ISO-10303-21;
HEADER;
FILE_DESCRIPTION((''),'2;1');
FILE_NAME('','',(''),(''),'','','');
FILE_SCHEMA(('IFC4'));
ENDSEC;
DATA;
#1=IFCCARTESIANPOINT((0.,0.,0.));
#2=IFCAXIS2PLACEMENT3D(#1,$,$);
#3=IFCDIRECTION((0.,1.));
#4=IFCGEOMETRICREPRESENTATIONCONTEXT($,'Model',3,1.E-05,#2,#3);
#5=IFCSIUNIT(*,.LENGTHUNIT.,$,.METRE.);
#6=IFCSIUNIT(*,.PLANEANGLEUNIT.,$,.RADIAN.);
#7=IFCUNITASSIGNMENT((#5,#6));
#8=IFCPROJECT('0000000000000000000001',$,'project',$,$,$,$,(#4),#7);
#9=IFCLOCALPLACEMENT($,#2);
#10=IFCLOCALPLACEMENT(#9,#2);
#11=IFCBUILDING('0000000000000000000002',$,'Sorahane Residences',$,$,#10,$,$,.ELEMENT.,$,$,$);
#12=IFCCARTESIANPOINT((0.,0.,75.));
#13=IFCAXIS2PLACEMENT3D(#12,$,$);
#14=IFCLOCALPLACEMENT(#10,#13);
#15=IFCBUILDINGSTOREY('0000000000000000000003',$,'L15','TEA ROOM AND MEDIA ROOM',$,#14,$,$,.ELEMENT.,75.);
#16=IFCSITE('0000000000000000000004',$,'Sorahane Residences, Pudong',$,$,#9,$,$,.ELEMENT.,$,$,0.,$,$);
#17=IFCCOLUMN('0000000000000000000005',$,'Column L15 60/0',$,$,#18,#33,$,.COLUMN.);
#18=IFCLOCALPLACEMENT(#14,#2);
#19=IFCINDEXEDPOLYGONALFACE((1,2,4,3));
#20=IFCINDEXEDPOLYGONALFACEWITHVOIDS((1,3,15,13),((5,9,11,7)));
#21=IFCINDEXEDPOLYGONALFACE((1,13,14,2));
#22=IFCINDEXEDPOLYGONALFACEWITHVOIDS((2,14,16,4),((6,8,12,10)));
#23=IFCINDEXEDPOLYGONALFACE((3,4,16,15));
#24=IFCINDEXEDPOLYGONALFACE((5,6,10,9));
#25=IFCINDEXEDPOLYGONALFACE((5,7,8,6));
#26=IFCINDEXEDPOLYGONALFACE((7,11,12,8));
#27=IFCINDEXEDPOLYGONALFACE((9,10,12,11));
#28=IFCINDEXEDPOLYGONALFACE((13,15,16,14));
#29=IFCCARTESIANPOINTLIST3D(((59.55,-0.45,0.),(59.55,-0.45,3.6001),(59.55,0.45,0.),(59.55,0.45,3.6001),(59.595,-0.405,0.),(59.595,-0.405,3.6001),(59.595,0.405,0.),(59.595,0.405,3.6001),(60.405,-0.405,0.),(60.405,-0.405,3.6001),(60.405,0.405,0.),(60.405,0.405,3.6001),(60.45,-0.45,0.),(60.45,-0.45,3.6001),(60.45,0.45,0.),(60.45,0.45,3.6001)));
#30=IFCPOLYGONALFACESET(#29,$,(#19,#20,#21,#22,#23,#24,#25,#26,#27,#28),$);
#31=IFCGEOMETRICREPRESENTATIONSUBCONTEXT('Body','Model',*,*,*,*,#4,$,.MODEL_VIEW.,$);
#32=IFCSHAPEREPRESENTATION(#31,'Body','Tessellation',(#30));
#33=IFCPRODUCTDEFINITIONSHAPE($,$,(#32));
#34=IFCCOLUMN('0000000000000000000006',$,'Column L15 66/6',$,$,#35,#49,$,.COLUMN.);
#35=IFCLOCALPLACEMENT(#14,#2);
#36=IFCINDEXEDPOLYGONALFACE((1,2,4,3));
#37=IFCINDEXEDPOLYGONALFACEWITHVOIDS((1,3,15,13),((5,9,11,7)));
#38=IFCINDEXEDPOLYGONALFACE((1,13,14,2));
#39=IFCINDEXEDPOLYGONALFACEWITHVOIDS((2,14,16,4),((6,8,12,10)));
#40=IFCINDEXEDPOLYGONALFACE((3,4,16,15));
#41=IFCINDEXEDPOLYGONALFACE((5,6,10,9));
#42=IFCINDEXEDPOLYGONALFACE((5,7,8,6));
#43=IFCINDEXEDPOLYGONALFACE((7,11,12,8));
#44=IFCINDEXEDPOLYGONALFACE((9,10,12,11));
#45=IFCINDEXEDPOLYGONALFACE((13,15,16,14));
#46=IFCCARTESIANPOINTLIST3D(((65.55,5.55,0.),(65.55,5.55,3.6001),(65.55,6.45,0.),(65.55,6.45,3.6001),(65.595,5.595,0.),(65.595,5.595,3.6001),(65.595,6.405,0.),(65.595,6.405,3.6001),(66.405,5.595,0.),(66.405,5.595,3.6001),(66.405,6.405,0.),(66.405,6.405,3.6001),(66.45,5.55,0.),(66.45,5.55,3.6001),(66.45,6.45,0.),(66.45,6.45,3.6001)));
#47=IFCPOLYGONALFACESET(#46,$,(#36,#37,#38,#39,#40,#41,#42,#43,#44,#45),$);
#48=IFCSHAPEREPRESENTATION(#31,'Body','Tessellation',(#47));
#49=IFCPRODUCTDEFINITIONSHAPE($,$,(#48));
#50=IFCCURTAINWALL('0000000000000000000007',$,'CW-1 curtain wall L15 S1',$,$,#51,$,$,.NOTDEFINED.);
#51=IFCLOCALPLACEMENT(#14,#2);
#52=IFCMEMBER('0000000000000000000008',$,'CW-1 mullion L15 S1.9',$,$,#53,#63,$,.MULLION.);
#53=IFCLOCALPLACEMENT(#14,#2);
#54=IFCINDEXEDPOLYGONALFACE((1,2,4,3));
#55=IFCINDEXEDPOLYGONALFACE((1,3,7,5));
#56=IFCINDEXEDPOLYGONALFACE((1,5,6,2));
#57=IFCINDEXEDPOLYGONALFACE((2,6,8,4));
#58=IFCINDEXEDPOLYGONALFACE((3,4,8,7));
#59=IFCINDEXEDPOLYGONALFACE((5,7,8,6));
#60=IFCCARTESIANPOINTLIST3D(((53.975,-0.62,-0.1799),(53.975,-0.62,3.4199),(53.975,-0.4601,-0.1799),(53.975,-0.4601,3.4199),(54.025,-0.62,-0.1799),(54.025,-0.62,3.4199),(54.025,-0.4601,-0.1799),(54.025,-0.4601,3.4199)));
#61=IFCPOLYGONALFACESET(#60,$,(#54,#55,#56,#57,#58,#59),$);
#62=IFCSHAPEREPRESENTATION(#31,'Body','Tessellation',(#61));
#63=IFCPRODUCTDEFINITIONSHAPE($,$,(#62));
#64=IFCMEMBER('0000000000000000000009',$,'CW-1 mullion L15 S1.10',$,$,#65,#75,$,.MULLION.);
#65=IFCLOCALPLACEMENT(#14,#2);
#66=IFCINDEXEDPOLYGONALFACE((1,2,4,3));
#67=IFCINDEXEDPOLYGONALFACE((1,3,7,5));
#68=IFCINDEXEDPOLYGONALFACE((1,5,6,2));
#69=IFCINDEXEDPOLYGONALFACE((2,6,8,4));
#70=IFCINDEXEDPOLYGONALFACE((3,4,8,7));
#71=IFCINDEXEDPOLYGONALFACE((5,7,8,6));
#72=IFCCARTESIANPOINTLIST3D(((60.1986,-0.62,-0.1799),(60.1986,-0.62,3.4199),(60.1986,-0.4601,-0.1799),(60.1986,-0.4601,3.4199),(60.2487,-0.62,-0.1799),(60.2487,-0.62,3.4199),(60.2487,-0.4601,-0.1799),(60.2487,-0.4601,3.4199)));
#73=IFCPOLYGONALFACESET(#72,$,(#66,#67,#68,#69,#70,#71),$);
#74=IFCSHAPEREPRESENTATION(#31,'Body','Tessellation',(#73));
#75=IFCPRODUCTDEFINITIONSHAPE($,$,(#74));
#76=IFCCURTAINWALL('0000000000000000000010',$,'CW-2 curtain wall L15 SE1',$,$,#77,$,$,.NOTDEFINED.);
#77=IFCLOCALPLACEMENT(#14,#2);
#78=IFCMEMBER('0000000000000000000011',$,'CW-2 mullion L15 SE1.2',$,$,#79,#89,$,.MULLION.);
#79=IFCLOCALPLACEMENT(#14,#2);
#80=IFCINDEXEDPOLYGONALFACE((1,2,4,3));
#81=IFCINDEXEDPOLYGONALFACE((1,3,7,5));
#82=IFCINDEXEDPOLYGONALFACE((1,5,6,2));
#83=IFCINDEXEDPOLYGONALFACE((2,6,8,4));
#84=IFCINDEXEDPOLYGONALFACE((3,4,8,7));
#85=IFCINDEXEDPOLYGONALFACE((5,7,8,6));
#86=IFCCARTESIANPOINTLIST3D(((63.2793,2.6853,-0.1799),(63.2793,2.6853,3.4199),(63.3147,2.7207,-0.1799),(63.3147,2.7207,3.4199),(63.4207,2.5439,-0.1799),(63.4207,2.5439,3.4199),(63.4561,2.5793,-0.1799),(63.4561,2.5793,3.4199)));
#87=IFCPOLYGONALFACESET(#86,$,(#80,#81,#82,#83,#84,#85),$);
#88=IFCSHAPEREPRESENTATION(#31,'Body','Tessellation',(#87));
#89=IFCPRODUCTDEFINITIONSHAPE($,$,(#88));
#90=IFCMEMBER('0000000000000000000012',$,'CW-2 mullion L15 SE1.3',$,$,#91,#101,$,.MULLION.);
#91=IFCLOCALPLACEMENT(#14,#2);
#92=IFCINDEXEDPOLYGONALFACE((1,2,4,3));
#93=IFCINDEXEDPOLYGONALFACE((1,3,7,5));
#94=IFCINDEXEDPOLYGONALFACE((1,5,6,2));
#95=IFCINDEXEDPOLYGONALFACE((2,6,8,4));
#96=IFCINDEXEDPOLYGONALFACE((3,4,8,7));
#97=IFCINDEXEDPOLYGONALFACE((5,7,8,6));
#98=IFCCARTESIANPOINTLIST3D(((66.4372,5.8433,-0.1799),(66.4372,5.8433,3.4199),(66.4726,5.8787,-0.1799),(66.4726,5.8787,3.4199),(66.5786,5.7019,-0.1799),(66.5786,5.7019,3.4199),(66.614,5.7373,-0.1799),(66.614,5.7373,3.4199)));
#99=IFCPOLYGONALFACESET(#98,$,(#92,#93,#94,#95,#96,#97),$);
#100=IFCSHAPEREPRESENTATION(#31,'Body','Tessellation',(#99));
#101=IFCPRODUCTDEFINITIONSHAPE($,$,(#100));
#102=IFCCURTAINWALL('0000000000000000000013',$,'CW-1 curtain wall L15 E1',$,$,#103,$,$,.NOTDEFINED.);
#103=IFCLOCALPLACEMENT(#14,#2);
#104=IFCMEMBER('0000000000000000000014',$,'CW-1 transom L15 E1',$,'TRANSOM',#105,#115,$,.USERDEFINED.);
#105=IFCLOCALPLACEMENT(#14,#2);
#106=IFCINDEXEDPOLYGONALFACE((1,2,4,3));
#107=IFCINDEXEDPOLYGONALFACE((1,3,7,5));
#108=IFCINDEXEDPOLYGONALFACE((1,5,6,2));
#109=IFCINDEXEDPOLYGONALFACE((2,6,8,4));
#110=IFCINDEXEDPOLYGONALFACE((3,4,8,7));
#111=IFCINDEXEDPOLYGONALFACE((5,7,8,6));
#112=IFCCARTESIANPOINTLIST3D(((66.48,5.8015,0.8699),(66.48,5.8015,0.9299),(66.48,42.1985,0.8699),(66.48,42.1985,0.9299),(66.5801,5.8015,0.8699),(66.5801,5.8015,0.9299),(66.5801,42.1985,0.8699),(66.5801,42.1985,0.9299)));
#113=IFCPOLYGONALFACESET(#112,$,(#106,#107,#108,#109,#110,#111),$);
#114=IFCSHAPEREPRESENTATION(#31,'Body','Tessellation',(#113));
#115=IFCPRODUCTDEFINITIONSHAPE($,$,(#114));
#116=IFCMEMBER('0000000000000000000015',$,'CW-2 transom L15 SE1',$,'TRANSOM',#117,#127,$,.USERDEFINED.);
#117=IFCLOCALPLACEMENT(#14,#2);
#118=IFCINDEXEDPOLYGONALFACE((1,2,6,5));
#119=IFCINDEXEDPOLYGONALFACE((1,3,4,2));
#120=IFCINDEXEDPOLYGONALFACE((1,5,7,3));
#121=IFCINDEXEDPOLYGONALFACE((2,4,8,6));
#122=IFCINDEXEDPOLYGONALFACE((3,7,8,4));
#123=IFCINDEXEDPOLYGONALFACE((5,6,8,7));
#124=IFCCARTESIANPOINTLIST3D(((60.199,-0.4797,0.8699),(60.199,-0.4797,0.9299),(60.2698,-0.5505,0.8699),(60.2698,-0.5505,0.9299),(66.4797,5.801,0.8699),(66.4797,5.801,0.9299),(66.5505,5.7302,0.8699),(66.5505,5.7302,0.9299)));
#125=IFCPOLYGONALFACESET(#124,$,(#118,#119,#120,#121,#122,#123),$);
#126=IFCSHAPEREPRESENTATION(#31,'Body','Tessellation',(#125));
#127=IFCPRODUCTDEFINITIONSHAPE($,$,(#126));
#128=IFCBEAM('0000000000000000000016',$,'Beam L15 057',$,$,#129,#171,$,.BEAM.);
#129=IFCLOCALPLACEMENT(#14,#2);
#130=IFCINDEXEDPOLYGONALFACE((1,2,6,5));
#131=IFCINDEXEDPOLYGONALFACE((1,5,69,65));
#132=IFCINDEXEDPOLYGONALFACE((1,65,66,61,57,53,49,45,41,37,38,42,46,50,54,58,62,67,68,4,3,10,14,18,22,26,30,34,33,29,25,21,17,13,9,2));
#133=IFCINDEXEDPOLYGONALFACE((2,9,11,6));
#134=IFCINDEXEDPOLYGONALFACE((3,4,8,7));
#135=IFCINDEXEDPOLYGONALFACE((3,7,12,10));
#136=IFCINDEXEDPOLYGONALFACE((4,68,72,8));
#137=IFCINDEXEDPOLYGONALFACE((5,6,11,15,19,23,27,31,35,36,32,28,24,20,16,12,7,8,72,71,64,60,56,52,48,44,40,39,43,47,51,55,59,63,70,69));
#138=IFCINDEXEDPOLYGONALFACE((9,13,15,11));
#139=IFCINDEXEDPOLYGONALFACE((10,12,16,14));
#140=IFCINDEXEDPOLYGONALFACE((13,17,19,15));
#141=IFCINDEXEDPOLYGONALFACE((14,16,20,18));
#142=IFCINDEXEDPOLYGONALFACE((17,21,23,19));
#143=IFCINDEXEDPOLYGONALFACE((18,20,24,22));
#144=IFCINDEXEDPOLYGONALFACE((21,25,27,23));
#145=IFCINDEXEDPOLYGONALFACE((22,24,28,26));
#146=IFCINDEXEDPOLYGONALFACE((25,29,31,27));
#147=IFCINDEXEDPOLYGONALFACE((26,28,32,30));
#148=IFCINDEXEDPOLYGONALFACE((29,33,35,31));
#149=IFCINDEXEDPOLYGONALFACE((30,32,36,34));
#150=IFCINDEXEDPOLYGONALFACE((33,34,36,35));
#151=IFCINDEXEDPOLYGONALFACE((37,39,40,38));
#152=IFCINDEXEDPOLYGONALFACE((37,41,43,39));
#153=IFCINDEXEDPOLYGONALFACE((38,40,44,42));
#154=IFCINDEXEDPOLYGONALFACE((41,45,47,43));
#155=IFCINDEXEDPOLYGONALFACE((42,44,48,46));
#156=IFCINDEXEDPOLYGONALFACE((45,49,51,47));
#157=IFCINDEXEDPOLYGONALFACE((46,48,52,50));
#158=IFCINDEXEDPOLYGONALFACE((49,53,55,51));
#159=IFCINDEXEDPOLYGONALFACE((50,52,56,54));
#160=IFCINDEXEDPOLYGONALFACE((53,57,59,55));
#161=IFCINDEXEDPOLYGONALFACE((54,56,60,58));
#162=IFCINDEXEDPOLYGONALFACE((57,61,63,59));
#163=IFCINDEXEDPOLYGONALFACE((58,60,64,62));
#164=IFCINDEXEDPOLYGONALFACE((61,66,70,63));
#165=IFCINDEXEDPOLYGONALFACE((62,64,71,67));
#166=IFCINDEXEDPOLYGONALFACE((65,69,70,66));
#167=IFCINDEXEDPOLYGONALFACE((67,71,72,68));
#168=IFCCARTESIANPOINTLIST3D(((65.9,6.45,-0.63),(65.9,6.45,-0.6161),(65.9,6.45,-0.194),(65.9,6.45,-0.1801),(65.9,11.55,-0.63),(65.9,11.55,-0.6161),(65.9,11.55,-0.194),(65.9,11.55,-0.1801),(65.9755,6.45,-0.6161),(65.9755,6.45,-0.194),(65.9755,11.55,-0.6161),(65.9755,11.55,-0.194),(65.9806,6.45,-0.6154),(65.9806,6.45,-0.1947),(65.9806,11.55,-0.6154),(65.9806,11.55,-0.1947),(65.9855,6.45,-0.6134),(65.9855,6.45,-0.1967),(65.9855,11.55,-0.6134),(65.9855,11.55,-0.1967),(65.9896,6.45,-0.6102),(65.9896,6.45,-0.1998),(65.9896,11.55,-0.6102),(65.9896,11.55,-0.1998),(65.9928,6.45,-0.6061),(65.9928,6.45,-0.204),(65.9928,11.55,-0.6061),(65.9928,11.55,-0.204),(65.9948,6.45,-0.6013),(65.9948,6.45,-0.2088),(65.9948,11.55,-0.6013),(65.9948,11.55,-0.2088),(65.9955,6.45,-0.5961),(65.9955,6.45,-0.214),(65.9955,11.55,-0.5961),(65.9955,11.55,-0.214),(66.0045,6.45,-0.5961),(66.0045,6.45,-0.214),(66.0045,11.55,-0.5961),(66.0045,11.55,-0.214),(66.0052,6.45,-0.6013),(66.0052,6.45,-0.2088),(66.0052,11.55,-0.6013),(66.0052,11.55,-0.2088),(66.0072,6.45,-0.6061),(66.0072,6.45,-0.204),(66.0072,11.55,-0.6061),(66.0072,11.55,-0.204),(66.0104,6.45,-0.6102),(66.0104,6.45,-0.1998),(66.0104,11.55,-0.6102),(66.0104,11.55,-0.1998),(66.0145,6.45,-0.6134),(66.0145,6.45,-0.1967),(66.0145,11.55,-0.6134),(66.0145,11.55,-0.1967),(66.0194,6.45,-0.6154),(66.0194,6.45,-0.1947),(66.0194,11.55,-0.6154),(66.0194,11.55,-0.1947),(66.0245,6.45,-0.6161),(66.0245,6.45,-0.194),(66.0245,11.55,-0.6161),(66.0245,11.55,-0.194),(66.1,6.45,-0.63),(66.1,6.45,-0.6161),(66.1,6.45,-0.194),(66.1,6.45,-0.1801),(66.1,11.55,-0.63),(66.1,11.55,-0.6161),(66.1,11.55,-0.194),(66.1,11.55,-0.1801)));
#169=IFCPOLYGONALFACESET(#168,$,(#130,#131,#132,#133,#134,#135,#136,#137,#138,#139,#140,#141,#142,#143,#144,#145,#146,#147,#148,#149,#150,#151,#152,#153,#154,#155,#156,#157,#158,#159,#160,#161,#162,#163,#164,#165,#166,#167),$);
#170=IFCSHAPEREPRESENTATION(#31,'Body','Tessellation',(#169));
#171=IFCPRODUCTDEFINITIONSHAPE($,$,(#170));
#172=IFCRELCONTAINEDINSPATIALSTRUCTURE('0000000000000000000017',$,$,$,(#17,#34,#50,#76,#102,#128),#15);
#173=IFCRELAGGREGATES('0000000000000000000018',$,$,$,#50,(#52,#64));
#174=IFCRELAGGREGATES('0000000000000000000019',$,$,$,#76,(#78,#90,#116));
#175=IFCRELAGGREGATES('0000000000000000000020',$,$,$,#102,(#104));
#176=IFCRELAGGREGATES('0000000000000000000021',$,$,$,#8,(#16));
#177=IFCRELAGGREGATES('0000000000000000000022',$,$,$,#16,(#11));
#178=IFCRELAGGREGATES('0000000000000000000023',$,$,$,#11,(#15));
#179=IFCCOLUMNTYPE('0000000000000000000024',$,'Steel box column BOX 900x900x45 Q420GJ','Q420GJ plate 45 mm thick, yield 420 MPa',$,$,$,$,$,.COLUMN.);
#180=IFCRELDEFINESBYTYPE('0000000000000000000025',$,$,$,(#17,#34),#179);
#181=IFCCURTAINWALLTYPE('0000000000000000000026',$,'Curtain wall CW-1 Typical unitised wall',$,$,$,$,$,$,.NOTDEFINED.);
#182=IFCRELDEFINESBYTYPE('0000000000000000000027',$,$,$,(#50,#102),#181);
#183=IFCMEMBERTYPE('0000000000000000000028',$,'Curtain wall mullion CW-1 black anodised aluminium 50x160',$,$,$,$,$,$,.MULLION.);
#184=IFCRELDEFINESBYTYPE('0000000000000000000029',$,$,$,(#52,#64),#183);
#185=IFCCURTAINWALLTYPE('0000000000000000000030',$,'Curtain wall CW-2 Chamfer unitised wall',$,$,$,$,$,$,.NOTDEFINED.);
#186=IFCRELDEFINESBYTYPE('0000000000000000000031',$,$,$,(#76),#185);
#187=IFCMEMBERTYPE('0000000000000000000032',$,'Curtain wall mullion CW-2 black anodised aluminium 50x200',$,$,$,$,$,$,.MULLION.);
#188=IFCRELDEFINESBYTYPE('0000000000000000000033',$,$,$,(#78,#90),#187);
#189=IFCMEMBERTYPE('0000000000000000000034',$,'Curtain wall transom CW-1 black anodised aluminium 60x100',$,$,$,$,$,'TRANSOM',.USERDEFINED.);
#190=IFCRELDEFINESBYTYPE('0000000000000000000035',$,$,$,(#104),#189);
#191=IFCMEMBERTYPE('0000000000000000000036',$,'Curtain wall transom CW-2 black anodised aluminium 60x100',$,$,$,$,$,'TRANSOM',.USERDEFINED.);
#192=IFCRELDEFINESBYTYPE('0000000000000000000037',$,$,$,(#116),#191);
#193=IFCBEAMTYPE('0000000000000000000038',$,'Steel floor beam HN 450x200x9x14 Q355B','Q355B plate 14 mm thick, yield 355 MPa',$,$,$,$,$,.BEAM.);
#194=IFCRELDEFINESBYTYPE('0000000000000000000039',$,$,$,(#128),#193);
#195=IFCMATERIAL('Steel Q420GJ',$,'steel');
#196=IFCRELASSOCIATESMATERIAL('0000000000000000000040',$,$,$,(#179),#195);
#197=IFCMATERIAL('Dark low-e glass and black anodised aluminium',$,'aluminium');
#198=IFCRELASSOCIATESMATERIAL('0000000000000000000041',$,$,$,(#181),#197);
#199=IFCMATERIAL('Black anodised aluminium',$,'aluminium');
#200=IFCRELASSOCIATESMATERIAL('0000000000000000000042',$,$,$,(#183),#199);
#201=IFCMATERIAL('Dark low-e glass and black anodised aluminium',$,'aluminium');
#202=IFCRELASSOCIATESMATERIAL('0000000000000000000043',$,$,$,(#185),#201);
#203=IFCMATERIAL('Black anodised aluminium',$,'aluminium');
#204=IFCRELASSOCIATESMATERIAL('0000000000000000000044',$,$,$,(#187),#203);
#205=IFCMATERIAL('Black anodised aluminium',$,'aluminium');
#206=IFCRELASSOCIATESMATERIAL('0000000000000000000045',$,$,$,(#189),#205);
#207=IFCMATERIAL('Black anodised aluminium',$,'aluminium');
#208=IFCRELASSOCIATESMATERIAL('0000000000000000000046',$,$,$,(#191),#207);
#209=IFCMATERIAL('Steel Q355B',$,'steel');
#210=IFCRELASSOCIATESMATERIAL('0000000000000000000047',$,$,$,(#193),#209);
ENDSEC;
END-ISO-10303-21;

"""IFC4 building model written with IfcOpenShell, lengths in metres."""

from ifc_helpers import new_model, si_unit, direction, frame, origin, origin_2d, place, context, subcontext, project, spatial, rectangle, hollow_rectangle, i_section, extrude, material, material_profile, profile_set, type_object, element, aggregate, save


model = new_model("IFC4")

# Units and contexts
model_context = context("Model", 3, precision=1e-05, world=origin(), true_north=direction((0.0, 1.0)))
body_context = subcontext(model_context, "Body", "Model", "MODEL_VIEW")
ifc_project = project(units=[si_unit("LENGTHUNIT", "METRE"), si_unit("PLANEANGLEUNIT", "RADIAN")], contexts=[model_context])

# Site, building, storey
site_placement = place(None, origin())
site = spatial("IfcSite", under=ifc_project, at=site_placement, Name="Sorahane Residences, Pudong", CompositionType="ELEMENT", RefElevation=0.0)
building_placement = place(site_placement, origin())
building = spatial("IfcBuilding", under=site, at=building_placement, Name="Sorahane Residences", CompositionType="ELEMENT")
storey_placement = place(building_placement, frame((0.0, 0.0, 75.0)))
storey = spatial("IfcBuildingStorey", under=building, at=storey_placement, Name="L15", Description="TEA ROOM AND MEDIA ROOM", CompositionType="ELEMENT", Elevation=75.0)

# Columns
ifc_material_1 = material(Name="Steel Q420GJ", Category="steel")
ifc_material_profile_1 = material_profile(ifc_material_1, hollow_rectangle(XDim=0.8999, YDim=0.8999, WallThickness=0.0449, at=origin_2d()), Name="BOX 900x900x45")
ifc_profile_set_1 = profile_set([ifc_material_profile_1], Name="Steel Q420GJ")
column_type = type_object("IfcColumnType", Name="Steel box column BOX 900x900x45 Q420GJ", Description="Q420GJ plate 45 mm thick, yield 420 MPa", PredefinedType="COLUMN", material=ifc_profile_set_1)
for number, where, z_axis, x_axis, name in (
    (1, (60.0, 0.0, 0.0), (0.0, 0.0, 1.0), (1.0, 0.0, 0.0), "Column L15 60/0"),
    (2, (66.0, 6.0, 0.0), (0.0, 0.0, 1.0), (1.0, 0.0, 0.0), "Column L15 66/6"),
):
    element("IfcColumn", number, at=place(storey_placement, frame(where, z_axis=z_axis, x_axis=x_axis)), inside=storey, type_object=column_type, Name=name, PredefinedType="COLUMN", context=body_context, shape_type="SweptSolid", body=[
        extrude(hollow_rectangle(XDim=0.8999, YDim=0.8999, WallThickness=0.0449, at=origin_2d()), origin(), (0.0, 0.0, 1.0), 3.6001),
    ])

# Curtain walls, members
ifc_material_2 = material(Name="Dark low-e glass and black anodised aluminium", Category="aluminium")
curtain_wall_type_1 = type_object("IfcCurtainWallType", Name="Curtain wall CW-1 Typical unitised wall", PredefinedType="NOTDEFINED", material=ifc_material_2)
curtain_wall_1_placement = place(storey_placement, origin())
curtain_wall_1 = element("IfcCurtainWall", 3, at=curtain_wall_1_placement, inside=storey, type_object=curtain_wall_type_1, Name="CW-1 curtain wall L15 S1", PredefinedType="NOTDEFINED")
ifc_material_3 = material(Name="Black anodised aluminium", Category="aluminium")
ifc_material_profile_2 = material_profile(ifc_material_3, rectangle(XDim=0.1599, YDim=0.05, at=origin_2d()), Name="Curtain wall mullion CW-1 black anodised aluminium 50x160")
ifc_profile_set_2 = profile_set([ifc_material_profile_2], Name="Black anodised aluminium")
member_type_1 = type_object("IfcMemberType", Name="Curtain wall mullion CW-1 black anodised aluminium 50x160", PredefinedType="MULLION", material=ifc_profile_set_2)
member_1_placement = place(storey_placement, frame((54.0, -0.54, -0.1799), z_axis=(0.0, 0.0, 1.0), x_axis=(0.0, -1.0, 0.0)))
member_1 = element("IfcMember", 4, at=member_1_placement, type_object=member_type_1, Name="CW-1 mullion L15 S1.9", PredefinedType="MULLION", context=body_context, shape_type="SweptSolid", body=[
    extrude(rectangle(XDim=0.1599, YDim=0.05, at=origin_2d()), origin(), (0.0, 0.0, 1.0), 3.5999),
])
member_2_placement = place(storey_placement, frame((60.2236, -0.54, -0.1799), z_axis=(0.0, 0.0, 1.0), x_axis=(0.0, -1.0, 0.0)))
member_2 = element("IfcMember", 5, at=member_2_placement, type_object=member_type_1, Name="CW-1 mullion L15 S1.10", PredefinedType="MULLION", context=body_context, shape_type="SweptSolid", body=[
    extrude(rectangle(XDim=0.1599, YDim=0.05, at=origin_2d()), origin(), (0.0, 0.0, 1.0), 3.5999),
])
ifc_material_4 = material(Name="Dark low-e glass and black anodised aluminium", Category="aluminium")
curtain_wall_type_2 = type_object("IfcCurtainWallType", Name="Curtain wall CW-2 Chamfer unitised wall", PredefinedType="NOTDEFINED", material=ifc_material_4)
curtain_wall_2_placement = place(storey_placement, origin())
curtain_wall_2 = element("IfcCurtainWall", 6, at=curtain_wall_2_placement, inside=storey, type_object=curtain_wall_type_2, Name="CW-2 curtain wall L15 SE1", PredefinedType="NOTDEFINED")
ifc_material_5 = material(Name="Black anodised aluminium", Category="aluminium")
ifc_material_profile_3 = material_profile(ifc_material_5, rectangle(XDim=0.2, YDim=0.05, at=origin_2d()), Name="Curtain wall mullion CW-2 black anodised aluminium 50x200")
ifc_profile_set_3 = profile_set([ifc_material_profile_3], Name="Black anodised aluminium")
member_type_2 = type_object("IfcMemberType", Name="Curtain wall mullion CW-2 black anodised aluminium 50x200", PredefinedType="MULLION", material=ifc_profile_set_3)
member_3_placement = place(storey_placement, frame((63.3677, 2.6323, -0.1799), z_axis=(0.0, 0.0, 1.0), x_axis=(0.707107, -0.707107, 0.0)))
member_3 = element("IfcMember", 7, at=member_3_placement, type_object=member_type_2, Name="CW-2 mullion L15 SE1.2", PredefinedType="MULLION", context=body_context, shape_type="SweptSolid", body=[
    extrude(rectangle(XDim=0.2, YDim=0.05, at=origin_2d()), origin(), (0.0, 0.0, 1.0), 3.5999),
])
member_4_placement = place(storey_placement, frame((66.5256, 5.7903, -0.1799), z_axis=(0.0, 0.0, 1.0), x_axis=(0.707107, -0.707107, 0.0)))
member_4 = element("IfcMember", 8, at=member_4_placement, type_object=member_type_2, Name="CW-2 mullion L15 SE1.3", PredefinedType="MULLION", context=body_context, shape_type="SweptSolid", body=[
    extrude(rectangle(XDim=0.2, YDim=0.05, at=origin_2d()), origin(), (0.0, 0.0, 1.0), 3.5999),
])

# Curtain wall, member
curtain_wall_3_placement = place(storey_placement, origin())
curtain_wall_3 = element("IfcCurtainWall", 9, at=curtain_wall_3_placement, inside=storey, type_object=curtain_wall_type_1, Name="CW-1 curtain wall L15 E1", PredefinedType="NOTDEFINED")
ifc_material_6 = material(Name="Black anodised aluminium", Category="aluminium")
ifc_material_profile_4 = material_profile(ifc_material_6, rectangle(XDim=0.1001, YDim=0.0601, at=origin_2d()), Name="Curtain wall transom CW-1 black anodised aluminium 60x100")
ifc_profile_set_4 = profile_set([ifc_material_profile_4], Name="Black anodised aluminium")
member_type_3 = type_object("IfcMemberType", Name="Curtain wall transom CW-1 black anodised aluminium 60x100", ElementType="TRANSOM", PredefinedType="USERDEFINED", material=ifc_profile_set_4)
member_5_placement = place(storey_placement, frame((66.53, 5.8015, 0.8999), z_axis=(0.0, 1.0, 0.0), x_axis=(-1.0, 0.0, 0.0)))
member_5 = element("IfcMember", 10, at=member_5_placement, type_object=member_type_3, Name="CW-1 transom L15 E1", ObjectType="TRANSOM", PredefinedType="USERDEFINED", context=body_context, shape_type="SweptSolid", body=[
    extrude(rectangle(XDim=0.1001, YDim=0.0601, at=origin_2d()), origin(), (0.0, 0.0, 1.0), 36.397),
])

# Member
ifc_material_7 = material(Name="Black anodised aluminium", Category="aluminium")
ifc_material_profile_5 = material_profile(ifc_material_7, rectangle(XDim=0.1001, YDim=0.0601, at=origin_2d()), Name="Curtain wall transom CW-2 black anodised aluminium 60x100")
ifc_profile_set_5 = profile_set([ifc_material_profile_5], Name="Black anodised aluminium")
member_type_4 = type_object("IfcMemberType", Name="Curtain wall transom CW-2 black anodised aluminium 60x100", ElementType="TRANSOM", PredefinedType="USERDEFINED", material=ifc_profile_set_5)
member_6_placement = place(storey_placement, frame((60.2344, -0.5151, 0.8999), z_axis=(0.707107, 0.707107, 0.0), x_axis=(-0.707107, 0.707107, 0.0)))
member_6 = element("IfcMember", 11, at=member_6_placement, type_object=member_type_4, Name="CW-2 transom L15 SE1", ObjectType="TRANSOM", PredefinedType="USERDEFINED", context=body_context, shape_type="SweptSolid", body=[
    extrude(rectangle(XDim=0.1001, YDim=0.0601, at=origin_2d()), origin(), (0.0, 0.0, 1.0), 8.8823),
])

# Beam
ifc_material_8 = material(Name="Steel Q355B", Category="steel")
ifc_material_profile_6 = material_profile(ifc_material_8, i_section(OverallWidth=0.2, OverallDepth=0.45, WebThickness=0.009, FlangeThickness=0.0139, FilletRadius=0.02, at=origin_2d()), Name="HN 450x200x9x14")
ifc_profile_set_6 = profile_set([ifc_material_profile_6], Name="Steel Q355B")
beam_type_1 = type_object("IfcBeamType", Name="Steel floor beam HN 450x200x9x14 Q355B", Description="Q355B plate 14 mm thick, yield 355 MPa", PredefinedType="BEAM", material=ifc_profile_set_6)
beam_1_placement = place(storey_placement, frame((66.0, 6.45, -0.405), z_axis=(0.0, 1.0, 0.0), x_axis=(-1.0, 0.0, 0.0)))
element("IfcBeam", 12, at=beam_1_placement, inside=storey, type_object=beam_type_1, Name="Beam L15 057", PredefinedType="BEAM", context=body_context, shape_type="SweptSolid", body=[
    extrude(i_section(OverallWidth=0.2, OverallDepth=0.45, WebThickness=0.009, FlangeThickness=0.0139, FilletRadius=0.02, at=origin_2d()), origin(), (0.0, 0.0, 1.0), 5.1001),
])

aggregate(curtain_wall_1, [member_1, member_2])
aggregate(curtain_wall_2, [member_3, member_4, member_6])
aggregate(curtain_wall_3, [member_5])

save(model, "model.ifc")
